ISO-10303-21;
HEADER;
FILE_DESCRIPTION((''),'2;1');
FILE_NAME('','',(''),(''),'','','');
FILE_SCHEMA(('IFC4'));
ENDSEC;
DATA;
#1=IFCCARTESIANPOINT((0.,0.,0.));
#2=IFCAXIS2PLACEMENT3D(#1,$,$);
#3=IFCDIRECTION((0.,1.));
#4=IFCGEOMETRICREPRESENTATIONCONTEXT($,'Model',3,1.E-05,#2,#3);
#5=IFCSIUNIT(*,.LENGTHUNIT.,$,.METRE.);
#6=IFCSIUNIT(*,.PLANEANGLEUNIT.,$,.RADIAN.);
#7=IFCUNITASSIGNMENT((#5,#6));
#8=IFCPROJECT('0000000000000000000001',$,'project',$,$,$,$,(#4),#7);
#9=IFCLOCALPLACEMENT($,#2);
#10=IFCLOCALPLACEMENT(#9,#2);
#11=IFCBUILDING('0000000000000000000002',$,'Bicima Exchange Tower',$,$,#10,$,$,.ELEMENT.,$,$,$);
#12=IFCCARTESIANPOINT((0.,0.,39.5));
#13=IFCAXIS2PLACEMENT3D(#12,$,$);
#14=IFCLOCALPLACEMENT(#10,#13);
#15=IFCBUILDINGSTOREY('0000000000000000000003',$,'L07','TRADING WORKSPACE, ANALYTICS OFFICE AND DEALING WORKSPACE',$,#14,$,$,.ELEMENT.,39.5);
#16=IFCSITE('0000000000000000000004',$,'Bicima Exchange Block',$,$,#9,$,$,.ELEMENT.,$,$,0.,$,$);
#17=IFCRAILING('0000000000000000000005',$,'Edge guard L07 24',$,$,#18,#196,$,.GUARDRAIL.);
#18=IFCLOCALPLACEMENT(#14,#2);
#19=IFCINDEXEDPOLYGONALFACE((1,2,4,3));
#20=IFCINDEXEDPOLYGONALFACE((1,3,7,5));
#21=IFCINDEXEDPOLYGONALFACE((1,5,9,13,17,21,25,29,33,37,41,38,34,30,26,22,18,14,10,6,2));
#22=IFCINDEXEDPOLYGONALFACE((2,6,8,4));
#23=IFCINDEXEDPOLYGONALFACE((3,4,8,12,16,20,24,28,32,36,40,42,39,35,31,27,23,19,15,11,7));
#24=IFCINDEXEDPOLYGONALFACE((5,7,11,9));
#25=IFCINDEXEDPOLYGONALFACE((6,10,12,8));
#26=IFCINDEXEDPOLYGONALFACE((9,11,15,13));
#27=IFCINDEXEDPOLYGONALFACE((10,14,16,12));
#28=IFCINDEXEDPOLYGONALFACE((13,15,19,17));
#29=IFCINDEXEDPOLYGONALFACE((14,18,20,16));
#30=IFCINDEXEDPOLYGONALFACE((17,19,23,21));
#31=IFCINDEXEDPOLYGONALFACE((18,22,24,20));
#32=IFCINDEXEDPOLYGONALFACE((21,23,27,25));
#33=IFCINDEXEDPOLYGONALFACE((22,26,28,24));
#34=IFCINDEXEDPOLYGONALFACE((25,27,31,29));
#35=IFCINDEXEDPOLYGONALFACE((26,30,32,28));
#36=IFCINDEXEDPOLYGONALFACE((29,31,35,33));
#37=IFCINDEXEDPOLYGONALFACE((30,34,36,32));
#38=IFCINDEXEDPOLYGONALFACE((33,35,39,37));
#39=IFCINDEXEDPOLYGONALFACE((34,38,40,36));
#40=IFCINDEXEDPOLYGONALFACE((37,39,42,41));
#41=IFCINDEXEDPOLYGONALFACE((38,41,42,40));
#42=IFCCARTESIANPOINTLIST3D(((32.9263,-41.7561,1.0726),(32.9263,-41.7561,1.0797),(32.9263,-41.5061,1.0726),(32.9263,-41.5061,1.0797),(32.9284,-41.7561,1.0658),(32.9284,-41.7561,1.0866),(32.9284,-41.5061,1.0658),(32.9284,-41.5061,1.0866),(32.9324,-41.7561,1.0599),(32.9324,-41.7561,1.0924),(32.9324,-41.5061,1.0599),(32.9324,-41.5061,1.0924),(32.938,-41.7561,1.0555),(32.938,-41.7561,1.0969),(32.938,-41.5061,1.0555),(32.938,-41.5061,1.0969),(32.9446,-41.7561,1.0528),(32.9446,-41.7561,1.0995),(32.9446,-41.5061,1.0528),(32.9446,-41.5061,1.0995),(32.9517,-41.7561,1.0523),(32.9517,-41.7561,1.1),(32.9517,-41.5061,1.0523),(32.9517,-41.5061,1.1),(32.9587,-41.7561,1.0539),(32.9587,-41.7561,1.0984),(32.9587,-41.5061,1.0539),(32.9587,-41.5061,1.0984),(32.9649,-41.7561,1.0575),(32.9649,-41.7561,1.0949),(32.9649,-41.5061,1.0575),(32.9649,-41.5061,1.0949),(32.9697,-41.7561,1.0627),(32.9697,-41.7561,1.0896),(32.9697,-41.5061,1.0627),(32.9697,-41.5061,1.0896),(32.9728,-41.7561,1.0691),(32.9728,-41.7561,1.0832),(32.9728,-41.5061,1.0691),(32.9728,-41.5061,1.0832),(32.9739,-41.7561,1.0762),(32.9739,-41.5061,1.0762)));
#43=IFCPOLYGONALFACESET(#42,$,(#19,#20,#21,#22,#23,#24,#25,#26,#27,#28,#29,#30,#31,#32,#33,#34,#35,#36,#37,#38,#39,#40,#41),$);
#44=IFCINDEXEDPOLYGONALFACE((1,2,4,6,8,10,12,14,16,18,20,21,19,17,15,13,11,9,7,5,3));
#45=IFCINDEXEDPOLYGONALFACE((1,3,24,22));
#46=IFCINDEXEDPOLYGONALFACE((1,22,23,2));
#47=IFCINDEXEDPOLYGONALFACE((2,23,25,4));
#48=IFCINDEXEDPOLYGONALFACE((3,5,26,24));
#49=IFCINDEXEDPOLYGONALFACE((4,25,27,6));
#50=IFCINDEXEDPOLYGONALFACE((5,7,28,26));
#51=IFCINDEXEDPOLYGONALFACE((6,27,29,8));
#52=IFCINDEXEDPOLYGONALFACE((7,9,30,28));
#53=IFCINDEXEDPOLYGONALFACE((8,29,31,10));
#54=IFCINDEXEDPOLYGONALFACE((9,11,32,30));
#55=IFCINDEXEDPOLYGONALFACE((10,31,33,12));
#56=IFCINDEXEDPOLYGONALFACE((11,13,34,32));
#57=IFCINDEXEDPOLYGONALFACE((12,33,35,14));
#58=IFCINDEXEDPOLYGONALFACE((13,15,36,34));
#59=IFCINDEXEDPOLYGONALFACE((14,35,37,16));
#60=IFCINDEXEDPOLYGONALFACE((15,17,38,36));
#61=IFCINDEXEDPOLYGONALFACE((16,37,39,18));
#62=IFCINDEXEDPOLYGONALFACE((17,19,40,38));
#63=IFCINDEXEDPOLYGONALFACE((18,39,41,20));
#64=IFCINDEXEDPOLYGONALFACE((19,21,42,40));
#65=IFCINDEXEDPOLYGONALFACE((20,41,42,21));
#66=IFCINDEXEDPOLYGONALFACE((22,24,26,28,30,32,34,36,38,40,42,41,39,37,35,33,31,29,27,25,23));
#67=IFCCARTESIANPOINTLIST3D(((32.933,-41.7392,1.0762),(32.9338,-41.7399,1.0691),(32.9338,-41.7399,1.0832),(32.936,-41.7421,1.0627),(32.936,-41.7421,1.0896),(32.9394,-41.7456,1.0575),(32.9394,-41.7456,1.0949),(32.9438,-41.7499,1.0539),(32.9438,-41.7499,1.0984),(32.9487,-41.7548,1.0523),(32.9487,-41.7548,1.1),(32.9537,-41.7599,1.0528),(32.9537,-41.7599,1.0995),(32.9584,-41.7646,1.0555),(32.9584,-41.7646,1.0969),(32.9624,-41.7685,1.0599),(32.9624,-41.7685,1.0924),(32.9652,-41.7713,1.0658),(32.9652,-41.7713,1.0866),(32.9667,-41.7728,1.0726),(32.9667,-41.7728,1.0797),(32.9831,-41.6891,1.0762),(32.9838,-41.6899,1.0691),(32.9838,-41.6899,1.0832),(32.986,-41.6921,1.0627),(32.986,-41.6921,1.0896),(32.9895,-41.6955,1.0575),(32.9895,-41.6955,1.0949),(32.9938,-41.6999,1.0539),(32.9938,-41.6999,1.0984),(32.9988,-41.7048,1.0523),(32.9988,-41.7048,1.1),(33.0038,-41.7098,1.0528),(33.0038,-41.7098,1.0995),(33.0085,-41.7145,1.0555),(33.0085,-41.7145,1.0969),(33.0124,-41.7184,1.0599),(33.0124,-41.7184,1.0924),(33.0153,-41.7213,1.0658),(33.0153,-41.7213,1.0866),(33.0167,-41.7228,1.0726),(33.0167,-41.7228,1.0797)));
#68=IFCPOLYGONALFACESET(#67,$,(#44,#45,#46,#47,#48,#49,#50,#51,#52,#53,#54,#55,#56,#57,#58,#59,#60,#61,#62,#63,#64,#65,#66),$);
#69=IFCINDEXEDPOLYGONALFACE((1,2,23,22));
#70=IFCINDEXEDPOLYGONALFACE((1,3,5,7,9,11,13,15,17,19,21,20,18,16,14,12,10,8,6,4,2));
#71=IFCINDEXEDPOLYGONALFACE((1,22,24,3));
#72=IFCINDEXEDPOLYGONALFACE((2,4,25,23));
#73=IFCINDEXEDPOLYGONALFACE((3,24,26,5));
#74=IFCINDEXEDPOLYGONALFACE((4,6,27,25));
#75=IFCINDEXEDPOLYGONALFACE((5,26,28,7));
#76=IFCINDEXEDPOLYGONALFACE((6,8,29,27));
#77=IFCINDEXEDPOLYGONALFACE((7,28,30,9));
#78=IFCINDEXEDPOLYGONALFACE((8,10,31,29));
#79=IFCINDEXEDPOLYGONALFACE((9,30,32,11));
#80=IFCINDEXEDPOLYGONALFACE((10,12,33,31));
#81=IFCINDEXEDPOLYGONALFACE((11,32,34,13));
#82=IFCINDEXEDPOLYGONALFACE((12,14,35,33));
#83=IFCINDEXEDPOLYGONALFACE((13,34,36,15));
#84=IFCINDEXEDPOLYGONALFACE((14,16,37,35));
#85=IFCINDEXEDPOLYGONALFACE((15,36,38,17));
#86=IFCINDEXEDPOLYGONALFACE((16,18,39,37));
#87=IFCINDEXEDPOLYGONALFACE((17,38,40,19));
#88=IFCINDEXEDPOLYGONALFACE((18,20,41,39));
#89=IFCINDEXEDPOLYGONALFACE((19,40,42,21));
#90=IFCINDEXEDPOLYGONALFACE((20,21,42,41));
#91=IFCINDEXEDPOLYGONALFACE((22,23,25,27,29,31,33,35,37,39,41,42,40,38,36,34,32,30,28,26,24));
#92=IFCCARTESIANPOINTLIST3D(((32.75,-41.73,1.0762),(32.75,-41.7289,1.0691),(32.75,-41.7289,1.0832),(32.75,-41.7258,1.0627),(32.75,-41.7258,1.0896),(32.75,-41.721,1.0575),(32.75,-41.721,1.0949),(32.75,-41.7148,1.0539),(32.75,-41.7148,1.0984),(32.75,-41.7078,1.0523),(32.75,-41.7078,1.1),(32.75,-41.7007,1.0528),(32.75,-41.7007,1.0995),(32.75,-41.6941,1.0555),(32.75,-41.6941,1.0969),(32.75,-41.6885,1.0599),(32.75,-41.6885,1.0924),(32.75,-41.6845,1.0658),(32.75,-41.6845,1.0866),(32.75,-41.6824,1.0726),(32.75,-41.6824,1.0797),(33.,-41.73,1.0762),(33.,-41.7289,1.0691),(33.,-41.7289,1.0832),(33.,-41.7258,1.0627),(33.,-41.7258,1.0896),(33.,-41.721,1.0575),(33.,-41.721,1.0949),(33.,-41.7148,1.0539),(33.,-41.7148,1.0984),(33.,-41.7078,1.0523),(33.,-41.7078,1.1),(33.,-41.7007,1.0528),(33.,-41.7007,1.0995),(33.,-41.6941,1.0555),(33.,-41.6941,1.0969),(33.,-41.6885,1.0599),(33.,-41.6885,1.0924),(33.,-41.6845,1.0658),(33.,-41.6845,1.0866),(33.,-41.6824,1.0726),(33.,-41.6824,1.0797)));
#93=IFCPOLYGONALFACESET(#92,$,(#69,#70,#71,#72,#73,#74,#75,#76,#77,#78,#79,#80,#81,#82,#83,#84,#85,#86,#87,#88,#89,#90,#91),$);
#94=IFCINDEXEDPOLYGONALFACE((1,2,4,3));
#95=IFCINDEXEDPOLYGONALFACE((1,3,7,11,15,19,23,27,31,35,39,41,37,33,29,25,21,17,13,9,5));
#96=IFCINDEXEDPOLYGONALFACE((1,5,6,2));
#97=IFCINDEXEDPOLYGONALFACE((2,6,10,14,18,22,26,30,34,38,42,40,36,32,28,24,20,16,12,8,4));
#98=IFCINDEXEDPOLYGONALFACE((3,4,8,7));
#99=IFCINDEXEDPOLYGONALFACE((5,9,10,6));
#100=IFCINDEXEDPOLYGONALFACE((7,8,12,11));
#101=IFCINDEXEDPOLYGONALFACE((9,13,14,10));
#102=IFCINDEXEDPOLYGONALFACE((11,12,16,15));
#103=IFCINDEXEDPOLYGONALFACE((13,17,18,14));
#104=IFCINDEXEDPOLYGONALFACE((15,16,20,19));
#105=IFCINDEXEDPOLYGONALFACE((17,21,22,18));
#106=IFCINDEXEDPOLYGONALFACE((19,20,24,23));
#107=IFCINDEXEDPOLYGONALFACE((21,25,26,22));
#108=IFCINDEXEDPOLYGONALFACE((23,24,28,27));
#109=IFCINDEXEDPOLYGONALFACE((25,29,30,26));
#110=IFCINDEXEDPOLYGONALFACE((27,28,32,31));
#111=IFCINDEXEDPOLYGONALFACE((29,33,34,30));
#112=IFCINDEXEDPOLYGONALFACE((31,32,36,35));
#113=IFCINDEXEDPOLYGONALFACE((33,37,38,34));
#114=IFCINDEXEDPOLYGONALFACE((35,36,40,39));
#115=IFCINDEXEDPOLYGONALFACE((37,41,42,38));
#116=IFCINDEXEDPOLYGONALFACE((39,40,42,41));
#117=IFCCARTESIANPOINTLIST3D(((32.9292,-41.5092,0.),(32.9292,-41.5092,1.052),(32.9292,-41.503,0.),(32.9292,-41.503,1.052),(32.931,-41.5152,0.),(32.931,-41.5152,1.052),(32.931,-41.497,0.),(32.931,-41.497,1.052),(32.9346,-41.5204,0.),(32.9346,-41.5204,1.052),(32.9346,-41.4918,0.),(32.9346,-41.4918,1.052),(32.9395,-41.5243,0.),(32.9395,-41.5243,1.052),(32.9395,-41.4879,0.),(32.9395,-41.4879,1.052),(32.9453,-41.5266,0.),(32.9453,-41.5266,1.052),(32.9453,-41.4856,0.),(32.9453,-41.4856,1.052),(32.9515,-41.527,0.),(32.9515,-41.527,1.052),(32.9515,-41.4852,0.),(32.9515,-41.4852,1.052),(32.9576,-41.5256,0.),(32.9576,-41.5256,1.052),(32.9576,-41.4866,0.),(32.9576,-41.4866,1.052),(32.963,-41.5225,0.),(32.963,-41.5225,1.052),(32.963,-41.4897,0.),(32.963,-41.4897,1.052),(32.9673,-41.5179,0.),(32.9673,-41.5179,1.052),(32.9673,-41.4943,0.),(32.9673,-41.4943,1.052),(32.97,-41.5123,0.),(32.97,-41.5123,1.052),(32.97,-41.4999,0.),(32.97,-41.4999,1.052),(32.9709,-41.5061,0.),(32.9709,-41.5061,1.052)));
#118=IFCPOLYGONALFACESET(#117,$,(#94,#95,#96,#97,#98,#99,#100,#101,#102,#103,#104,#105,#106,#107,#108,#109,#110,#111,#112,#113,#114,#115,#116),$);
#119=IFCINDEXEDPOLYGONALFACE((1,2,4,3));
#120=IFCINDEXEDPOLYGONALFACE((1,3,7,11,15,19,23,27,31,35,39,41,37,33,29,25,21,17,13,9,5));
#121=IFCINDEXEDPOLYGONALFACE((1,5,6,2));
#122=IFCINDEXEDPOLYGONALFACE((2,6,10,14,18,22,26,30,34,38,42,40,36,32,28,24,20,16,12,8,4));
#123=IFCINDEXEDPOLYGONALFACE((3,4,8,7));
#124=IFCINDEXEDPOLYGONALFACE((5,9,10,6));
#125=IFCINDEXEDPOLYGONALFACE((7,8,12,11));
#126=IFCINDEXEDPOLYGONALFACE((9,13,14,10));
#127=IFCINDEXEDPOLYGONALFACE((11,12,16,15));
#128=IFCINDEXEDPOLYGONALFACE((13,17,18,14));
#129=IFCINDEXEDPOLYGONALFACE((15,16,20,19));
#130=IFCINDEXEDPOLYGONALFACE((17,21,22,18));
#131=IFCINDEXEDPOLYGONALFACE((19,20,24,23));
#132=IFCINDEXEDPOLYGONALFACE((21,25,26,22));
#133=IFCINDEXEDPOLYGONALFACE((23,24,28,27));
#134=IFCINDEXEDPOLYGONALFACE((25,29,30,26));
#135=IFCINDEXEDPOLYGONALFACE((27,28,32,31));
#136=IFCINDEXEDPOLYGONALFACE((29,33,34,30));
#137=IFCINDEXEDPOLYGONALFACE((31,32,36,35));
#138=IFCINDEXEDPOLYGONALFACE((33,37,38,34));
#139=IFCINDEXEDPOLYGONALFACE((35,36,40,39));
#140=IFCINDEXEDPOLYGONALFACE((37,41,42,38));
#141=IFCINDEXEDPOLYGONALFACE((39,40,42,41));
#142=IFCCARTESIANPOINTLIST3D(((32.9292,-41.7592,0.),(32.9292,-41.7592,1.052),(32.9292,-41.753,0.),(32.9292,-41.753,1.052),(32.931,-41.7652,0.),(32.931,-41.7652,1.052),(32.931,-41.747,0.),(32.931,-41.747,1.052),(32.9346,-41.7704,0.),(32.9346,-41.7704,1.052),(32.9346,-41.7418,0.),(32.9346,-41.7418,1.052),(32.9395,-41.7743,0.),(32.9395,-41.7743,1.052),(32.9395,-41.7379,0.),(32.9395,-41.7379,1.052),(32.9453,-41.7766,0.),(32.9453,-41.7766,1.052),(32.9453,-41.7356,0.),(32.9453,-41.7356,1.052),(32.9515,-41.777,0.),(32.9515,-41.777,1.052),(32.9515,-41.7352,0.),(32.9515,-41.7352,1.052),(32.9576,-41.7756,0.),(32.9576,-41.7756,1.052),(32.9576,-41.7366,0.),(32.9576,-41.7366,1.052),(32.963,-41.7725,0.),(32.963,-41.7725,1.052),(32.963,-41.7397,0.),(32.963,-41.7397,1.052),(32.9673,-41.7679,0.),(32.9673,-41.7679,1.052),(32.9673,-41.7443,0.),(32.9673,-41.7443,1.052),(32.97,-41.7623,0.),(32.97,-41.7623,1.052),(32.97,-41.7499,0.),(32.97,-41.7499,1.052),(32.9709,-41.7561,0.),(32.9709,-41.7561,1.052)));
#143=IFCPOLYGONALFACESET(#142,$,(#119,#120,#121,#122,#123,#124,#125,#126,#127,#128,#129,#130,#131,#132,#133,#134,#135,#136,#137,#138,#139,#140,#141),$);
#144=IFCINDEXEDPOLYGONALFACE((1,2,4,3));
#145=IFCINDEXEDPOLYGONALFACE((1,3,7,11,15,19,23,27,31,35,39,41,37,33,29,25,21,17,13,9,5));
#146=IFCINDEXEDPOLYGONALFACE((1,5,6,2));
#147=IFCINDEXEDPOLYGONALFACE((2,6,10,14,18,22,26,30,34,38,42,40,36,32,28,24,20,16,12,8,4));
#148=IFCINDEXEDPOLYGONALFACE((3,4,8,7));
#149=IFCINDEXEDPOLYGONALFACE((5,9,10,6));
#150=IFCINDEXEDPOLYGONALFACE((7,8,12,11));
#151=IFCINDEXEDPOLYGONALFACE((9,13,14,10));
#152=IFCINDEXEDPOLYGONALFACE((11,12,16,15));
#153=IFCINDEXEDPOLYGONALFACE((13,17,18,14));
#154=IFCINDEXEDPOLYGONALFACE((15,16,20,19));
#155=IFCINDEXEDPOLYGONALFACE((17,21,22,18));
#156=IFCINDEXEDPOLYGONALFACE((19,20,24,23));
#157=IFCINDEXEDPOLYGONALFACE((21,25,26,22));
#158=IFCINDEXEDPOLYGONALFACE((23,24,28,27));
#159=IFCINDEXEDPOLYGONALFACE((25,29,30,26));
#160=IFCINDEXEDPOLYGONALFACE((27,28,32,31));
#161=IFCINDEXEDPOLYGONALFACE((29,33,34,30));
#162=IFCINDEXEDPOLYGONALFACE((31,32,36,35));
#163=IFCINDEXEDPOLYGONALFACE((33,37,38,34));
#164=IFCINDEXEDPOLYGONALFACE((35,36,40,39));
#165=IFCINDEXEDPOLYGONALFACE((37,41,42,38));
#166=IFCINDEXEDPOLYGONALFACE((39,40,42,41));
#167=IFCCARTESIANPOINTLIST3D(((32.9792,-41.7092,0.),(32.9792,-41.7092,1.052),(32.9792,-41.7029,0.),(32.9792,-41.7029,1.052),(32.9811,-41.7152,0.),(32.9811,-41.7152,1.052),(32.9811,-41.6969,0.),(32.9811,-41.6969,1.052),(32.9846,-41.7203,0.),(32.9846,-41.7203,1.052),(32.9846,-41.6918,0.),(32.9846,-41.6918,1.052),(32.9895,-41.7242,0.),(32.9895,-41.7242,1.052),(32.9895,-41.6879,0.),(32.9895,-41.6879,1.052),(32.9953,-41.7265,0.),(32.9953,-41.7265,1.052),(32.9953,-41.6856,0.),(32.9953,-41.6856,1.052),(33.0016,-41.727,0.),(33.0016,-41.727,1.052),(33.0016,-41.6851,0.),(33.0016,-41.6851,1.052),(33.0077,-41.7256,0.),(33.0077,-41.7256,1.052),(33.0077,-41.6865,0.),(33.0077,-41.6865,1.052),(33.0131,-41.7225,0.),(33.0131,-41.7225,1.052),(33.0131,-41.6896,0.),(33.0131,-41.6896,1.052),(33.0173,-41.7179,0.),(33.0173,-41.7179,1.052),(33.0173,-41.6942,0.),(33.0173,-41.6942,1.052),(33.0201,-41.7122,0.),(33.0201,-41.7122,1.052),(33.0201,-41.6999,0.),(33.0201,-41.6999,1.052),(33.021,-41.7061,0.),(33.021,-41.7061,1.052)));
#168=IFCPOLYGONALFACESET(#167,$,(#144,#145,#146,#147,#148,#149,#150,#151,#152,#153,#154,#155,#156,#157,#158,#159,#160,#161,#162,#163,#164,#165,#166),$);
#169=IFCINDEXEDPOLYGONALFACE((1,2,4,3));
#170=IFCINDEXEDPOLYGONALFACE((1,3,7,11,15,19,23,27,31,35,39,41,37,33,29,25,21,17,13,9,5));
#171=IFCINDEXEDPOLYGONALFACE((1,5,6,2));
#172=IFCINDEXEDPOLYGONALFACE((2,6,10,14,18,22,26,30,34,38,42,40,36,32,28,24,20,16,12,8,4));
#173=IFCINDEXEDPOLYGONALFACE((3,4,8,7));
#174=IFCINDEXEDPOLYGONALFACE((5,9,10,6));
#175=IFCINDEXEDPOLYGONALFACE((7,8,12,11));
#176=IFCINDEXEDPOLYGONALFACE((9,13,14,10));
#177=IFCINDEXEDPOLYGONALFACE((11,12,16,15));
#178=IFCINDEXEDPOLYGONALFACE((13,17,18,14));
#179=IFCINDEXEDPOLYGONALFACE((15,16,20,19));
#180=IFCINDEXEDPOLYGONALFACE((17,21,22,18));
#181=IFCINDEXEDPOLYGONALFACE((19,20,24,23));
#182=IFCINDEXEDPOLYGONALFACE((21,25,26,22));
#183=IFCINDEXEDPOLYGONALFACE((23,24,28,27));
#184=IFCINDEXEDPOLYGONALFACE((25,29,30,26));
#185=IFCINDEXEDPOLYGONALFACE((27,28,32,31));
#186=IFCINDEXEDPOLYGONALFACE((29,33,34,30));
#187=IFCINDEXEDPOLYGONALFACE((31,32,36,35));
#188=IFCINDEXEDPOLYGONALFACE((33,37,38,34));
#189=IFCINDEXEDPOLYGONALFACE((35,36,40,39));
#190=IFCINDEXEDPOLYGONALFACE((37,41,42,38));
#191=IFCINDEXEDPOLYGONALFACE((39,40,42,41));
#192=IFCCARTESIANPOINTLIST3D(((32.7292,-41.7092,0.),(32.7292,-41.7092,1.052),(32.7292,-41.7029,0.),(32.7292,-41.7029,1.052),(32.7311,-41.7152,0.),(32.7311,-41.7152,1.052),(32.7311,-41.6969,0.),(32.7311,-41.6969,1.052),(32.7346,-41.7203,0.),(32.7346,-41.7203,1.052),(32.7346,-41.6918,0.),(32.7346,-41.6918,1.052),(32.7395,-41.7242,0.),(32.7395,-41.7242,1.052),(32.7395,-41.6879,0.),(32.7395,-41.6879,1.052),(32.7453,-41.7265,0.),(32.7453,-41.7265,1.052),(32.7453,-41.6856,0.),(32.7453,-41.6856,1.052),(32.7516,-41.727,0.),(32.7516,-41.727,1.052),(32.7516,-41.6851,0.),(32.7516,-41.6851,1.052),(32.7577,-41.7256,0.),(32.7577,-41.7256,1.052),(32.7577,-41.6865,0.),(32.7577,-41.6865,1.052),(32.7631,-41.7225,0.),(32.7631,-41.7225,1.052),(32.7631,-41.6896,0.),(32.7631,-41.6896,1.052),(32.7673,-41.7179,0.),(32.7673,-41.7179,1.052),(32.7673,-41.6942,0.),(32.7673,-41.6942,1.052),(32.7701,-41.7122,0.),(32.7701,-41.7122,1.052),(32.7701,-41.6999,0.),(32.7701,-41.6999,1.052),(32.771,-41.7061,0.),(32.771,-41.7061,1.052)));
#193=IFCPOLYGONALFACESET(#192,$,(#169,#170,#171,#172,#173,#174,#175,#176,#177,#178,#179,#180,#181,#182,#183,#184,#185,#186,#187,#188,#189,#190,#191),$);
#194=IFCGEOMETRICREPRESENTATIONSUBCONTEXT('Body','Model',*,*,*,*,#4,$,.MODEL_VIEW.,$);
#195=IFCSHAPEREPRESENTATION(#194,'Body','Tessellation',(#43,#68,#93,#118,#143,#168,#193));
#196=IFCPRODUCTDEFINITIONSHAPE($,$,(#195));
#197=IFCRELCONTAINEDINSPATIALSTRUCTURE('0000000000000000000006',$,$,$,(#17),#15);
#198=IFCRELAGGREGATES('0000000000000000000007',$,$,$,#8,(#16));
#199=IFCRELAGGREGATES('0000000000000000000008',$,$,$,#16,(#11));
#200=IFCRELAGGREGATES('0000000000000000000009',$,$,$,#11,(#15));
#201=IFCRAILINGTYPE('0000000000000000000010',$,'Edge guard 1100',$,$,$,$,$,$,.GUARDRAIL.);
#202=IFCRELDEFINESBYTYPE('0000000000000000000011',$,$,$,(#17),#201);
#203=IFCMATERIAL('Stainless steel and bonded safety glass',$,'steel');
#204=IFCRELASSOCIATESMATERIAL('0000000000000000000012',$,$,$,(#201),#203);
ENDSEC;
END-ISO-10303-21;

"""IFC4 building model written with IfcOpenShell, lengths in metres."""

from ifc_helpers import new_model, si_unit, direction, frame, origin, origin_2d, place, context, subcontext, project, spatial, circle, extrude, material, type_object, element, save


model = new_model("IFC4")

# Units and contexts
model_context = context("Model", 3, precision=1e-05, world=origin(), true_north=direction((0.0, 1.0)))
body_context = subcontext(model_context, "Body", "Model", "MODEL_VIEW")
ifc_project = project(units=[si_unit("LENGTHUNIT", "METRE"), si_unit("PLANEANGLEUNIT", "RADIAN")], contexts=[model_context])

# Site, building, storey
site_placement = place(None, origin())
site = spatial("IfcSite", under=ifc_project, at=site_placement, Name="Bicima Exchange Block", CompositionType="ELEMENT", RefElevation=0.0)
building_placement = place(site_placement, origin())
building = spatial("IfcBuilding", under=site, at=building_placement, Name="Bicima Exchange Tower", CompositionType="ELEMENT")
storey_placement = place(building_placement, frame((0.0, 0.0, 39.5)))
storey = spatial("IfcBuildingStorey", under=building, at=storey_placement, Name="L07", Description="TRADING WORKSPACE, ANALYTICS OFFICE AND DEALING WORKSPACE", CompositionType="ELEMENT", Elevation=39.5)

# Railing
ifc_material_1 = material(Name="Stainless steel and bonded safety glass", Category="steel")
railing_type = type_object("IfcRailingType", Name="Edge guard 1100", PredefinedType="GUARDRAIL", material=ifc_material_1)
railing_1_placement = place(storey_placement, frame((32.95, -41.5061, 0.0)))
element("IfcRailing", 1, at=railing_1_placement, inside=storey, type_object=railing_type, Name="Edge guard L07 24", PredefinedType="GUARDRAIL", context=body_context, shape_type="SweptSolid", body=[
    extrude(circle(Radius=0.0239, at=origin_2d()), frame((0.0, 0.0, 1.0762), z_axis=(0.0, -1.0, 0.0), x_axis=(1.0, 0.0, 0.0)), (0.0, 0.0, 1.0), 0.25),
    extrude(circle(Radius=0.0239, at=origin_2d()), frame((0.0, -0.25, 1.0762), z_axis=(0.707107, 0.707107, 0.0), x_axis=(-0.707107, 0.707107, 0.0)), (0.0, 0.0, 1.0), 0.0708),
    extrude(circle(Radius=0.0239, at=origin_2d()), frame((0.05, -0.2, 1.0762), z_axis=(-1.0, 0.0, 0.0), x_axis=(0.0, -1.0, 0.0)), (0.0, 0.0, 1.0), 0.25),
    extrude(circle(Radius=0.021, at=origin_2d()), origin(), (0.0, 0.0, 1.0), 1.052),
    extrude(circle(Radius=0.021, at=origin_2d()), frame((0.0, -0.25, 0.0)), (0.0, 0.0, 1.0), 1.052),
    extrude(circle(Radius=0.021, at=origin_2d()), frame((0.05, -0.2, 0.0)), (0.0, 0.0, 1.0), 1.052),
    extrude(circle(Radius=0.021, at=origin_2d()), frame((-0.2, -0.2, 0.0)), (0.0, 0.0, 1.0), 1.052),
])

save(model, "model.ifc")
